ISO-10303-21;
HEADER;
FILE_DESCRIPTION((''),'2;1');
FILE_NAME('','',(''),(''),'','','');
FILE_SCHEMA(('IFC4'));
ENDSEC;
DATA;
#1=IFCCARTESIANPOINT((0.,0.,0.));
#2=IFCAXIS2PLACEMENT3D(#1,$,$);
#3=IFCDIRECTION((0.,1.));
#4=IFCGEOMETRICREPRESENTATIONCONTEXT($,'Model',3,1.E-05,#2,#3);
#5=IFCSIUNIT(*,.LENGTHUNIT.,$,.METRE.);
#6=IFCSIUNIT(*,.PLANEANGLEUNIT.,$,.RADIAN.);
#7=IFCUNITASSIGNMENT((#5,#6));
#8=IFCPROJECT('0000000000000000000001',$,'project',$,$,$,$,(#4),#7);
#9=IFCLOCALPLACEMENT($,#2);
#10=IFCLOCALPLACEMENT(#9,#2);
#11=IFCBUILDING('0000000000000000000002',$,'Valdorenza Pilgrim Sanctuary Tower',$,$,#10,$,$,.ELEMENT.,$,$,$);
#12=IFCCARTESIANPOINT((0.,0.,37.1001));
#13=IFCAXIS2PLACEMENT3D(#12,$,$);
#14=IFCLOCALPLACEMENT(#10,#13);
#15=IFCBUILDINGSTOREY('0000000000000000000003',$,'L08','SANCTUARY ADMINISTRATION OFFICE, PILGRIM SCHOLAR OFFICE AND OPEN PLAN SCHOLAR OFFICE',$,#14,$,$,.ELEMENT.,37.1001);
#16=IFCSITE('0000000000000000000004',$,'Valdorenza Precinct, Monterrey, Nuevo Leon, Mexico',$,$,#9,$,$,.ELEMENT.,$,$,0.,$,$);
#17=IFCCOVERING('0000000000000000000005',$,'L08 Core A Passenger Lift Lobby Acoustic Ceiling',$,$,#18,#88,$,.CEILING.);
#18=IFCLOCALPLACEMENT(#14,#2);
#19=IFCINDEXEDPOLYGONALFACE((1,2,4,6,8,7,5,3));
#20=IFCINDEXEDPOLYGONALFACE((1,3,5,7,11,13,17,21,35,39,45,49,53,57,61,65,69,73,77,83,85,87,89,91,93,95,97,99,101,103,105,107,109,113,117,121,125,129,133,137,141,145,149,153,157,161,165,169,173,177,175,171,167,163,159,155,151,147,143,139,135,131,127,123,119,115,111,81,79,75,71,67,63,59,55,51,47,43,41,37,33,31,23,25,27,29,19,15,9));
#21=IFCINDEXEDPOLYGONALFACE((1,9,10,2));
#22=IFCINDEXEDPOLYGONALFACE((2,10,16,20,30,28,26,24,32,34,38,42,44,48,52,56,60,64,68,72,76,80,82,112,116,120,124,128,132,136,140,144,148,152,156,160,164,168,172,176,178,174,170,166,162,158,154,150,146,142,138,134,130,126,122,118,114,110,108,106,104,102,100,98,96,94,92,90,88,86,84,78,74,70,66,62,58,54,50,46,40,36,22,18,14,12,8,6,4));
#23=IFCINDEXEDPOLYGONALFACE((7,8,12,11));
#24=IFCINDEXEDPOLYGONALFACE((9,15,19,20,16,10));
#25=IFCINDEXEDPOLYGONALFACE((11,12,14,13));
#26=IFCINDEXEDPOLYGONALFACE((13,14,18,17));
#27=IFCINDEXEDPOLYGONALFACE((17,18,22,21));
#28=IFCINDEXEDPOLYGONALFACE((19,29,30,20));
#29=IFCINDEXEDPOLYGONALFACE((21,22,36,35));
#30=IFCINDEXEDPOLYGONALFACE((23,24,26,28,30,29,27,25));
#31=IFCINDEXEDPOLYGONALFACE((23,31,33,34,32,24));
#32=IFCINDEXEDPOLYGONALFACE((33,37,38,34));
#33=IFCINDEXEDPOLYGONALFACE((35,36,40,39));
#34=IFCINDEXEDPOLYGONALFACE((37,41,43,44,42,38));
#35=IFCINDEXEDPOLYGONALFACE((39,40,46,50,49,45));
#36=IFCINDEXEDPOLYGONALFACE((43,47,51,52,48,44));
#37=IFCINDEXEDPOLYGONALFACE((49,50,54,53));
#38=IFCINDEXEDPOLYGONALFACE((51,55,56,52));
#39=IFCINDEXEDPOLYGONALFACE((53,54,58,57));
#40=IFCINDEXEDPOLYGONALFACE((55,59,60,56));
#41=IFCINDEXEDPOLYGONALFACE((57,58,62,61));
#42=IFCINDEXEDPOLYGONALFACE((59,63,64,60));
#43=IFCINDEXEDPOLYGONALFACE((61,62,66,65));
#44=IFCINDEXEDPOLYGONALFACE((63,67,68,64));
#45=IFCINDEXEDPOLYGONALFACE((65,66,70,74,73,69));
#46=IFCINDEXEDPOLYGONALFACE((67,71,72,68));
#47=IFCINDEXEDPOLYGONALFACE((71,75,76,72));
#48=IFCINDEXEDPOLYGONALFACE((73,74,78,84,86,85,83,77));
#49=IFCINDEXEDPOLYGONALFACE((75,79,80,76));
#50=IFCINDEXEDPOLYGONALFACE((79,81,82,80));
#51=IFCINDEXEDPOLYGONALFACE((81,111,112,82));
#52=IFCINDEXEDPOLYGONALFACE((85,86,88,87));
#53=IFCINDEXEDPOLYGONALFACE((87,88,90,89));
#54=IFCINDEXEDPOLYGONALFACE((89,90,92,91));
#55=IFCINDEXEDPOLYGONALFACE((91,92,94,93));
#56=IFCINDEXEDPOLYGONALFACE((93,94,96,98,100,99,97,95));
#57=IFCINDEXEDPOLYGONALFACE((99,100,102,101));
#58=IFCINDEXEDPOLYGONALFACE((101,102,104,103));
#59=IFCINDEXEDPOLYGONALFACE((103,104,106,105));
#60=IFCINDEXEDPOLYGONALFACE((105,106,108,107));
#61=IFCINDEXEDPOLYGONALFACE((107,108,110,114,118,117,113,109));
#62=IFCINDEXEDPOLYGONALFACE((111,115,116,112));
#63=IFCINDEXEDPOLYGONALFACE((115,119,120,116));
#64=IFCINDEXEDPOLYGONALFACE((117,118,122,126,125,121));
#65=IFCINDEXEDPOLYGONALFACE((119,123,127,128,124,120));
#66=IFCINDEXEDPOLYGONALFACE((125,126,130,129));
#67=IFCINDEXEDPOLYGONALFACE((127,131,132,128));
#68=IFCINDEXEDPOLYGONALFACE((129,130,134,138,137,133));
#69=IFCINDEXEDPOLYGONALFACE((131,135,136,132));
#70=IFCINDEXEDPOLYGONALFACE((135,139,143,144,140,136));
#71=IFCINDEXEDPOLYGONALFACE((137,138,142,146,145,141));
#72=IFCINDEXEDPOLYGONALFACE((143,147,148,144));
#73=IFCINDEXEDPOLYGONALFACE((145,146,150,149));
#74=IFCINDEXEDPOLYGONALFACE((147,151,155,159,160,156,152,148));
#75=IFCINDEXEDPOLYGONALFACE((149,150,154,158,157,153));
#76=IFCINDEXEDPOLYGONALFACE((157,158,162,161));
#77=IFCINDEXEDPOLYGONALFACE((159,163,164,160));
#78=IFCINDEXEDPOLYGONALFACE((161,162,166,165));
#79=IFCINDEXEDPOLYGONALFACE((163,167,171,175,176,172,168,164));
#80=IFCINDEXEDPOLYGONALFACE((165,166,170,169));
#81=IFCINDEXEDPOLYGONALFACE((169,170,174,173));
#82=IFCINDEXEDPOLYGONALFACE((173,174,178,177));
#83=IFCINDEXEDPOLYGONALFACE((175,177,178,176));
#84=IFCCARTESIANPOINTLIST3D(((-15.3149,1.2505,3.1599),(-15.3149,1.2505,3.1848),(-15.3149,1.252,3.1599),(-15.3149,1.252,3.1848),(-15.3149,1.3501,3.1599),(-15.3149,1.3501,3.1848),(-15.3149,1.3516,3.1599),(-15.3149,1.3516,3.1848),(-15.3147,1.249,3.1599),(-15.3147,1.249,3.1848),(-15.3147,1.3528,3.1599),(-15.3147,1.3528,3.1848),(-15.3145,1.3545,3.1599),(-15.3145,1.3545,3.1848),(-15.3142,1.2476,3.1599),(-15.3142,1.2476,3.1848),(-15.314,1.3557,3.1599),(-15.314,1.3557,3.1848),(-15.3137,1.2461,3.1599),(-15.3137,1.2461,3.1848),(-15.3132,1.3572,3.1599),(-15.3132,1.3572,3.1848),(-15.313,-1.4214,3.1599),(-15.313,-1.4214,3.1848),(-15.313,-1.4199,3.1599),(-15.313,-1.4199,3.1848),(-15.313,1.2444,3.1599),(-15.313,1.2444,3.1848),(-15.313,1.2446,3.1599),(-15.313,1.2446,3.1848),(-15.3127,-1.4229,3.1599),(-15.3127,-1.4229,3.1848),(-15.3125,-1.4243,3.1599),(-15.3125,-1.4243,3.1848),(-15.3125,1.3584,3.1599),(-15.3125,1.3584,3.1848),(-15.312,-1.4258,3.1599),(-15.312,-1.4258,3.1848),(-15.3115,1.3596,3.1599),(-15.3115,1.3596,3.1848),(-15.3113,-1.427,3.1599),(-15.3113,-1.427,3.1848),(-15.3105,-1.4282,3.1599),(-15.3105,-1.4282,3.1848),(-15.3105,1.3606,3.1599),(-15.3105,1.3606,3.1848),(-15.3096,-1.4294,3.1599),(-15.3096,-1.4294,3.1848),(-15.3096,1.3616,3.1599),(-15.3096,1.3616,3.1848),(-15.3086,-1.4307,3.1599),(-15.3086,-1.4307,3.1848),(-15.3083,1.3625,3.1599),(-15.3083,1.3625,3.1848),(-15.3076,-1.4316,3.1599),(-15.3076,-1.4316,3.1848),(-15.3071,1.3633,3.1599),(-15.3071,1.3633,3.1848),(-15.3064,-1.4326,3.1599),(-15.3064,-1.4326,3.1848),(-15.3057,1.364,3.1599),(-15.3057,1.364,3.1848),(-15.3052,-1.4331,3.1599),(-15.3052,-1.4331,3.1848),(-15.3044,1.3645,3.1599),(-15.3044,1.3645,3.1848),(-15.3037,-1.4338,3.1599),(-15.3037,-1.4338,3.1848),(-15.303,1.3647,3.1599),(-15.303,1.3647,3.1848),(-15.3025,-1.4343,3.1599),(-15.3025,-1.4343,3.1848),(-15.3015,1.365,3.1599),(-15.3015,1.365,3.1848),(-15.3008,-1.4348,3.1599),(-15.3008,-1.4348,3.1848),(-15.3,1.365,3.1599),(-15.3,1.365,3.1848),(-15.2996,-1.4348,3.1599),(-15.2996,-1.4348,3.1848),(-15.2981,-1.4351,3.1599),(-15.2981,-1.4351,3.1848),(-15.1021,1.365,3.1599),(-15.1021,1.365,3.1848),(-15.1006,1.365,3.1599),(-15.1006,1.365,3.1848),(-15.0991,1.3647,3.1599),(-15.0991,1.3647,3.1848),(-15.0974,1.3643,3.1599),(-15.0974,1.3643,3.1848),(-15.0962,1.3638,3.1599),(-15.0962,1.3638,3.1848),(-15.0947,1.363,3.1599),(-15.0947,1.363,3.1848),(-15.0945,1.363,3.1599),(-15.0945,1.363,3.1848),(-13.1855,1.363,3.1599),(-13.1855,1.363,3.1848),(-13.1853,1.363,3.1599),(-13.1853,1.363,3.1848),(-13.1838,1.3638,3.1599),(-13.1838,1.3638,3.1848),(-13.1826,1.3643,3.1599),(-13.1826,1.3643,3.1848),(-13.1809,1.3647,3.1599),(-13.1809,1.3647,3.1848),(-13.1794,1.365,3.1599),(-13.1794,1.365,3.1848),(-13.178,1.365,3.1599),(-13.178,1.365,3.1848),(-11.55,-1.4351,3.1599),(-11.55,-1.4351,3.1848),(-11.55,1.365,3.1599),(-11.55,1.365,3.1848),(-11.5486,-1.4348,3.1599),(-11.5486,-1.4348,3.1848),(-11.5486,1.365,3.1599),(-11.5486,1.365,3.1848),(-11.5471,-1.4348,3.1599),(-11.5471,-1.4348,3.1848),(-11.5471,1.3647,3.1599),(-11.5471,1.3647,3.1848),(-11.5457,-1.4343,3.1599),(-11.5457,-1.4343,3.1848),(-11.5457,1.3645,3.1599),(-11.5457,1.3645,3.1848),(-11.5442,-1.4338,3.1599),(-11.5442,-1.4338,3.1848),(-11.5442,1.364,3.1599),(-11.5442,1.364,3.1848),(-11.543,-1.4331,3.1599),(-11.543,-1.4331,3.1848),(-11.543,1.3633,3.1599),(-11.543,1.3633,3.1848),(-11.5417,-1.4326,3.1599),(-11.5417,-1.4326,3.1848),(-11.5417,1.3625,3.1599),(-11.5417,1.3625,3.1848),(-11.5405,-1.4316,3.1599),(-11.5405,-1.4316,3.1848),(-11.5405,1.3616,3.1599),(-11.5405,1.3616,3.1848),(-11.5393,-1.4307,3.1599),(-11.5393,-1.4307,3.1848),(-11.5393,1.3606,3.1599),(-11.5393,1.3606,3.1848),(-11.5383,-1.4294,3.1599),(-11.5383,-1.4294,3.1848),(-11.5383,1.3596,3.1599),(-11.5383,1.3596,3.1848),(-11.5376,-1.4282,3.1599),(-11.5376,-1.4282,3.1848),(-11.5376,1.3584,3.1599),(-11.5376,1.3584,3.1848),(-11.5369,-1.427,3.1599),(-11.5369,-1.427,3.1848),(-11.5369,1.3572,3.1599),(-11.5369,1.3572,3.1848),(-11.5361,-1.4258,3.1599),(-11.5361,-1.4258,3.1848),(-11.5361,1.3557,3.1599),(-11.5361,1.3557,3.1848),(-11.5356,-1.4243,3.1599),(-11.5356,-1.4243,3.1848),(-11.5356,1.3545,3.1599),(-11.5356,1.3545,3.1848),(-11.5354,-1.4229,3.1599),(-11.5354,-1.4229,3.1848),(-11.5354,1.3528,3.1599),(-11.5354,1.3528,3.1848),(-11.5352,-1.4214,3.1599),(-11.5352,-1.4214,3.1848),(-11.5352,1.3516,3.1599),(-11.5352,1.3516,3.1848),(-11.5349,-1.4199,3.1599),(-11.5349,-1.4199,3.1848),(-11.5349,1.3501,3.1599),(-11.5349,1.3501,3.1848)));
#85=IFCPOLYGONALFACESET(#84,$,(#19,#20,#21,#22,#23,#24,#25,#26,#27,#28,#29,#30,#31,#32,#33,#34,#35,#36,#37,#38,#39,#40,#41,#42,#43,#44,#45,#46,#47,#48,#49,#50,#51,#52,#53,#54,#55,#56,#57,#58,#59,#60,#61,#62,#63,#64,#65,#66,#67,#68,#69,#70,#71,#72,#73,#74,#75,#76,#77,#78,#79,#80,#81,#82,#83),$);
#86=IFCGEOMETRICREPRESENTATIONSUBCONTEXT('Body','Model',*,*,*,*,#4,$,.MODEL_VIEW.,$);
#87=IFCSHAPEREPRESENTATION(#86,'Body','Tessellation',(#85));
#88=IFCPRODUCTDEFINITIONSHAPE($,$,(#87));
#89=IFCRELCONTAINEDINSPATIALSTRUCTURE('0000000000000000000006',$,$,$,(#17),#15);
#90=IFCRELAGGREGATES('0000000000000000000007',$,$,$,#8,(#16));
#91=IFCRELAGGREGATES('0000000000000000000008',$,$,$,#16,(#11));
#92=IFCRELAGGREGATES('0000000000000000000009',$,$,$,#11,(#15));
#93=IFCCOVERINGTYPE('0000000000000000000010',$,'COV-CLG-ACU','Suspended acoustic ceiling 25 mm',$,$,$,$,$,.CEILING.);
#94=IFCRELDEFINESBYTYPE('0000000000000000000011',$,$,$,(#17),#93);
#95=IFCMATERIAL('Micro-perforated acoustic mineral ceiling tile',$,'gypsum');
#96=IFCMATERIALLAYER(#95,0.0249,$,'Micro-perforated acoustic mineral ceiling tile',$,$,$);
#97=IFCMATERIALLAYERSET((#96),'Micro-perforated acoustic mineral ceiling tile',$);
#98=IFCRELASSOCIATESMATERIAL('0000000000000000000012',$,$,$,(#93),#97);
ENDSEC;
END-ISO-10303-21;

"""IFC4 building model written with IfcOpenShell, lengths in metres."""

from ifc_helpers import new_model, si_unit, direction, frame, origin, place, context, subcontext, project, spatial, polyline, outline, extrude, material, layer, layer_set, type_object, element, save


model = new_model("IFC4")

# Units and contexts
model_context = context("Model", 3, precision=1e-05, world=origin(), true_north=direction((0.0, 1.0)))
body_context = subcontext(model_context, "Body", "Model", "MODEL_VIEW")
ifc_project = project(units=[si_unit("LENGTHUNIT", "METRE"), si_unit("PLANEANGLEUNIT", "RADIAN")], contexts=[model_context])

# Site, building, storey
site_placement = place(None, origin())
site = spatial("IfcSite", under=ifc_project, at=site_placement, Name="Valdorenza Precinct, Monterrey, Nuevo Leon, Mexico", CompositionType="ELEMENT", RefElevation=0.0)
building_placement = place(site_placement, origin())
building = spatial("IfcBuilding", under=site, at=building_placement, Name="Valdorenza Pilgrim Sanctuary Tower", CompositionType="ELEMENT")
storey_placement = place(building_placement, frame((0.0, 0.0, 37.1001)))
storey = spatial("IfcBuildingStorey", under=building, at=storey_placement, Name="L08", Description="SANCTUARY ADMINISTRATION OFFICE, PILGRIM SCHOLAR OFFICE AND OPEN PLAN SCHOLAR OFFICE", CompositionType="ELEMENT", Elevation=37.1001)

# Covering
ifc_material_1 = material(Name="Micro-perforated acoustic mineral ceiling tile", Category="gypsum")
ifc_layer_1 = layer(ifc_material_1, 0.0249, Name="Micro-perforated acoustic mineral ceiling tile")
ifc_layer_set_1 = layer_set([ifc_layer_1], Name="Micro-perforated acoustic mineral ceiling tile")
covering_type_1 = type_object("IfcCoveringType", Name="COV-CLG-ACU", Description="Suspended acoustic ceiling 25 mm", PredefinedType="CEILING", material=ifc_layer_set_1)
covering_1_placement = place(storey_placement, frame((0.0, 0.0, 3.1599)))
element("IfcCovering", 1, at=covering_1_placement, inside=storey, type_object=covering_type_1, Name="L08 Core A Passenger Lift Lobby Acoustic Ceiling", PredefinedType="CEILING", context=body_context, shape_type="SweptSolid", body=[
    extrude(outline(polyline([(-15.313, 1.2444), (-15.313, 1.2446), (-15.3137, 1.2461), (-15.3142, 1.2476), (-15.3147, 1.249), (-15.3149, 1.2505), (-15.3149, 1.252), (-15.3149, 1.3501), (-15.3149, 1.3516), (-15.3147, 1.3528), (-15.3145, 1.3545), (-15.314, 1.3557), (-15.3132, 1.3572), (-15.3125, 1.3584), (-15.3115, 1.3596), (-15.3105, 1.3606), (-15.3096, 1.3616), (-15.3083, 1.3625), (-15.3071, 1.3633), (-15.3057, 1.364), (-15.3044, 1.3645), (-15.303, 1.3647), (-15.3015, 1.365), (-15.3, 1.365), (-15.1021, 1.365), (-15.1006, 1.365), (-15.0991, 1.3647), (-15.0974, 1.3643), (-15.0962, 1.3638), (-15.0947, 1.363), (-15.0945, 1.363), (-13.1855, 1.363), (-13.1853, 1.363), (-13.1838, 1.3638), (-13.1826, 1.3643), (-13.1809, 1.3647), (-13.1794, 1.365), (-13.178, 1.365), (-11.55, 1.365), (-11.5486, 1.365), (-11.5471, 1.3647), (-11.5457, 1.3645), (-11.5442, 1.364), (-11.543, 1.3633), (-11.5417, 1.3625), (-11.5405, 1.3616), (-11.5393, 1.3606), (-11.5383, 1.3596), (-11.5376, 1.3584), (-11.5369, 1.3572), (-11.5361, 1.3557), (-11.5356, 1.3545), (-11.5354, 1.3528), (-11.5352, 1.3516), (-11.5349, 1.3501), (-11.5349, -1.4199), (-11.5352, -1.4214), (-11.5354, -1.4229), (-11.5356, -1.4243), (-11.5361, -1.4258), (-11.5369, -1.427), (-11.5376, -1.4282), (-11.5383, -1.4294), (-11.5393, -1.4307), (-11.5405, -1.4316), (-11.5417, -1.4326), (-11.543, -1.4331), (-11.5442, -1.4338), (-11.5457, -1.4343), (-11.5471, -1.4348), (-11.5486, -1.4348), (-11.55, -1.4351), (-15.2981, -1.4351), (-15.2996, -1.4348), (-15.3008, -1.4348), (-15.3025, -1.4343), (-15.3037, -1.4338), (-15.3052, -1.4331), (-15.3064, -1.4326), (-15.3076, -1.4316), (-15.3086, -1.4307), (-15.3096, -1.4294), (-15.3105, -1.4282), (-15.3113, -1.427), (-15.312, -1.4258), (-15.3125, -1.4243), (-15.3127, -1.4229), (-15.313, -1.4214), (-15.313, -1.4199), (-15.313, 1.2444)])), origin(), (0.0, 0.0, 1.0), 0.0249),
])

save(model, "model.ifc")
